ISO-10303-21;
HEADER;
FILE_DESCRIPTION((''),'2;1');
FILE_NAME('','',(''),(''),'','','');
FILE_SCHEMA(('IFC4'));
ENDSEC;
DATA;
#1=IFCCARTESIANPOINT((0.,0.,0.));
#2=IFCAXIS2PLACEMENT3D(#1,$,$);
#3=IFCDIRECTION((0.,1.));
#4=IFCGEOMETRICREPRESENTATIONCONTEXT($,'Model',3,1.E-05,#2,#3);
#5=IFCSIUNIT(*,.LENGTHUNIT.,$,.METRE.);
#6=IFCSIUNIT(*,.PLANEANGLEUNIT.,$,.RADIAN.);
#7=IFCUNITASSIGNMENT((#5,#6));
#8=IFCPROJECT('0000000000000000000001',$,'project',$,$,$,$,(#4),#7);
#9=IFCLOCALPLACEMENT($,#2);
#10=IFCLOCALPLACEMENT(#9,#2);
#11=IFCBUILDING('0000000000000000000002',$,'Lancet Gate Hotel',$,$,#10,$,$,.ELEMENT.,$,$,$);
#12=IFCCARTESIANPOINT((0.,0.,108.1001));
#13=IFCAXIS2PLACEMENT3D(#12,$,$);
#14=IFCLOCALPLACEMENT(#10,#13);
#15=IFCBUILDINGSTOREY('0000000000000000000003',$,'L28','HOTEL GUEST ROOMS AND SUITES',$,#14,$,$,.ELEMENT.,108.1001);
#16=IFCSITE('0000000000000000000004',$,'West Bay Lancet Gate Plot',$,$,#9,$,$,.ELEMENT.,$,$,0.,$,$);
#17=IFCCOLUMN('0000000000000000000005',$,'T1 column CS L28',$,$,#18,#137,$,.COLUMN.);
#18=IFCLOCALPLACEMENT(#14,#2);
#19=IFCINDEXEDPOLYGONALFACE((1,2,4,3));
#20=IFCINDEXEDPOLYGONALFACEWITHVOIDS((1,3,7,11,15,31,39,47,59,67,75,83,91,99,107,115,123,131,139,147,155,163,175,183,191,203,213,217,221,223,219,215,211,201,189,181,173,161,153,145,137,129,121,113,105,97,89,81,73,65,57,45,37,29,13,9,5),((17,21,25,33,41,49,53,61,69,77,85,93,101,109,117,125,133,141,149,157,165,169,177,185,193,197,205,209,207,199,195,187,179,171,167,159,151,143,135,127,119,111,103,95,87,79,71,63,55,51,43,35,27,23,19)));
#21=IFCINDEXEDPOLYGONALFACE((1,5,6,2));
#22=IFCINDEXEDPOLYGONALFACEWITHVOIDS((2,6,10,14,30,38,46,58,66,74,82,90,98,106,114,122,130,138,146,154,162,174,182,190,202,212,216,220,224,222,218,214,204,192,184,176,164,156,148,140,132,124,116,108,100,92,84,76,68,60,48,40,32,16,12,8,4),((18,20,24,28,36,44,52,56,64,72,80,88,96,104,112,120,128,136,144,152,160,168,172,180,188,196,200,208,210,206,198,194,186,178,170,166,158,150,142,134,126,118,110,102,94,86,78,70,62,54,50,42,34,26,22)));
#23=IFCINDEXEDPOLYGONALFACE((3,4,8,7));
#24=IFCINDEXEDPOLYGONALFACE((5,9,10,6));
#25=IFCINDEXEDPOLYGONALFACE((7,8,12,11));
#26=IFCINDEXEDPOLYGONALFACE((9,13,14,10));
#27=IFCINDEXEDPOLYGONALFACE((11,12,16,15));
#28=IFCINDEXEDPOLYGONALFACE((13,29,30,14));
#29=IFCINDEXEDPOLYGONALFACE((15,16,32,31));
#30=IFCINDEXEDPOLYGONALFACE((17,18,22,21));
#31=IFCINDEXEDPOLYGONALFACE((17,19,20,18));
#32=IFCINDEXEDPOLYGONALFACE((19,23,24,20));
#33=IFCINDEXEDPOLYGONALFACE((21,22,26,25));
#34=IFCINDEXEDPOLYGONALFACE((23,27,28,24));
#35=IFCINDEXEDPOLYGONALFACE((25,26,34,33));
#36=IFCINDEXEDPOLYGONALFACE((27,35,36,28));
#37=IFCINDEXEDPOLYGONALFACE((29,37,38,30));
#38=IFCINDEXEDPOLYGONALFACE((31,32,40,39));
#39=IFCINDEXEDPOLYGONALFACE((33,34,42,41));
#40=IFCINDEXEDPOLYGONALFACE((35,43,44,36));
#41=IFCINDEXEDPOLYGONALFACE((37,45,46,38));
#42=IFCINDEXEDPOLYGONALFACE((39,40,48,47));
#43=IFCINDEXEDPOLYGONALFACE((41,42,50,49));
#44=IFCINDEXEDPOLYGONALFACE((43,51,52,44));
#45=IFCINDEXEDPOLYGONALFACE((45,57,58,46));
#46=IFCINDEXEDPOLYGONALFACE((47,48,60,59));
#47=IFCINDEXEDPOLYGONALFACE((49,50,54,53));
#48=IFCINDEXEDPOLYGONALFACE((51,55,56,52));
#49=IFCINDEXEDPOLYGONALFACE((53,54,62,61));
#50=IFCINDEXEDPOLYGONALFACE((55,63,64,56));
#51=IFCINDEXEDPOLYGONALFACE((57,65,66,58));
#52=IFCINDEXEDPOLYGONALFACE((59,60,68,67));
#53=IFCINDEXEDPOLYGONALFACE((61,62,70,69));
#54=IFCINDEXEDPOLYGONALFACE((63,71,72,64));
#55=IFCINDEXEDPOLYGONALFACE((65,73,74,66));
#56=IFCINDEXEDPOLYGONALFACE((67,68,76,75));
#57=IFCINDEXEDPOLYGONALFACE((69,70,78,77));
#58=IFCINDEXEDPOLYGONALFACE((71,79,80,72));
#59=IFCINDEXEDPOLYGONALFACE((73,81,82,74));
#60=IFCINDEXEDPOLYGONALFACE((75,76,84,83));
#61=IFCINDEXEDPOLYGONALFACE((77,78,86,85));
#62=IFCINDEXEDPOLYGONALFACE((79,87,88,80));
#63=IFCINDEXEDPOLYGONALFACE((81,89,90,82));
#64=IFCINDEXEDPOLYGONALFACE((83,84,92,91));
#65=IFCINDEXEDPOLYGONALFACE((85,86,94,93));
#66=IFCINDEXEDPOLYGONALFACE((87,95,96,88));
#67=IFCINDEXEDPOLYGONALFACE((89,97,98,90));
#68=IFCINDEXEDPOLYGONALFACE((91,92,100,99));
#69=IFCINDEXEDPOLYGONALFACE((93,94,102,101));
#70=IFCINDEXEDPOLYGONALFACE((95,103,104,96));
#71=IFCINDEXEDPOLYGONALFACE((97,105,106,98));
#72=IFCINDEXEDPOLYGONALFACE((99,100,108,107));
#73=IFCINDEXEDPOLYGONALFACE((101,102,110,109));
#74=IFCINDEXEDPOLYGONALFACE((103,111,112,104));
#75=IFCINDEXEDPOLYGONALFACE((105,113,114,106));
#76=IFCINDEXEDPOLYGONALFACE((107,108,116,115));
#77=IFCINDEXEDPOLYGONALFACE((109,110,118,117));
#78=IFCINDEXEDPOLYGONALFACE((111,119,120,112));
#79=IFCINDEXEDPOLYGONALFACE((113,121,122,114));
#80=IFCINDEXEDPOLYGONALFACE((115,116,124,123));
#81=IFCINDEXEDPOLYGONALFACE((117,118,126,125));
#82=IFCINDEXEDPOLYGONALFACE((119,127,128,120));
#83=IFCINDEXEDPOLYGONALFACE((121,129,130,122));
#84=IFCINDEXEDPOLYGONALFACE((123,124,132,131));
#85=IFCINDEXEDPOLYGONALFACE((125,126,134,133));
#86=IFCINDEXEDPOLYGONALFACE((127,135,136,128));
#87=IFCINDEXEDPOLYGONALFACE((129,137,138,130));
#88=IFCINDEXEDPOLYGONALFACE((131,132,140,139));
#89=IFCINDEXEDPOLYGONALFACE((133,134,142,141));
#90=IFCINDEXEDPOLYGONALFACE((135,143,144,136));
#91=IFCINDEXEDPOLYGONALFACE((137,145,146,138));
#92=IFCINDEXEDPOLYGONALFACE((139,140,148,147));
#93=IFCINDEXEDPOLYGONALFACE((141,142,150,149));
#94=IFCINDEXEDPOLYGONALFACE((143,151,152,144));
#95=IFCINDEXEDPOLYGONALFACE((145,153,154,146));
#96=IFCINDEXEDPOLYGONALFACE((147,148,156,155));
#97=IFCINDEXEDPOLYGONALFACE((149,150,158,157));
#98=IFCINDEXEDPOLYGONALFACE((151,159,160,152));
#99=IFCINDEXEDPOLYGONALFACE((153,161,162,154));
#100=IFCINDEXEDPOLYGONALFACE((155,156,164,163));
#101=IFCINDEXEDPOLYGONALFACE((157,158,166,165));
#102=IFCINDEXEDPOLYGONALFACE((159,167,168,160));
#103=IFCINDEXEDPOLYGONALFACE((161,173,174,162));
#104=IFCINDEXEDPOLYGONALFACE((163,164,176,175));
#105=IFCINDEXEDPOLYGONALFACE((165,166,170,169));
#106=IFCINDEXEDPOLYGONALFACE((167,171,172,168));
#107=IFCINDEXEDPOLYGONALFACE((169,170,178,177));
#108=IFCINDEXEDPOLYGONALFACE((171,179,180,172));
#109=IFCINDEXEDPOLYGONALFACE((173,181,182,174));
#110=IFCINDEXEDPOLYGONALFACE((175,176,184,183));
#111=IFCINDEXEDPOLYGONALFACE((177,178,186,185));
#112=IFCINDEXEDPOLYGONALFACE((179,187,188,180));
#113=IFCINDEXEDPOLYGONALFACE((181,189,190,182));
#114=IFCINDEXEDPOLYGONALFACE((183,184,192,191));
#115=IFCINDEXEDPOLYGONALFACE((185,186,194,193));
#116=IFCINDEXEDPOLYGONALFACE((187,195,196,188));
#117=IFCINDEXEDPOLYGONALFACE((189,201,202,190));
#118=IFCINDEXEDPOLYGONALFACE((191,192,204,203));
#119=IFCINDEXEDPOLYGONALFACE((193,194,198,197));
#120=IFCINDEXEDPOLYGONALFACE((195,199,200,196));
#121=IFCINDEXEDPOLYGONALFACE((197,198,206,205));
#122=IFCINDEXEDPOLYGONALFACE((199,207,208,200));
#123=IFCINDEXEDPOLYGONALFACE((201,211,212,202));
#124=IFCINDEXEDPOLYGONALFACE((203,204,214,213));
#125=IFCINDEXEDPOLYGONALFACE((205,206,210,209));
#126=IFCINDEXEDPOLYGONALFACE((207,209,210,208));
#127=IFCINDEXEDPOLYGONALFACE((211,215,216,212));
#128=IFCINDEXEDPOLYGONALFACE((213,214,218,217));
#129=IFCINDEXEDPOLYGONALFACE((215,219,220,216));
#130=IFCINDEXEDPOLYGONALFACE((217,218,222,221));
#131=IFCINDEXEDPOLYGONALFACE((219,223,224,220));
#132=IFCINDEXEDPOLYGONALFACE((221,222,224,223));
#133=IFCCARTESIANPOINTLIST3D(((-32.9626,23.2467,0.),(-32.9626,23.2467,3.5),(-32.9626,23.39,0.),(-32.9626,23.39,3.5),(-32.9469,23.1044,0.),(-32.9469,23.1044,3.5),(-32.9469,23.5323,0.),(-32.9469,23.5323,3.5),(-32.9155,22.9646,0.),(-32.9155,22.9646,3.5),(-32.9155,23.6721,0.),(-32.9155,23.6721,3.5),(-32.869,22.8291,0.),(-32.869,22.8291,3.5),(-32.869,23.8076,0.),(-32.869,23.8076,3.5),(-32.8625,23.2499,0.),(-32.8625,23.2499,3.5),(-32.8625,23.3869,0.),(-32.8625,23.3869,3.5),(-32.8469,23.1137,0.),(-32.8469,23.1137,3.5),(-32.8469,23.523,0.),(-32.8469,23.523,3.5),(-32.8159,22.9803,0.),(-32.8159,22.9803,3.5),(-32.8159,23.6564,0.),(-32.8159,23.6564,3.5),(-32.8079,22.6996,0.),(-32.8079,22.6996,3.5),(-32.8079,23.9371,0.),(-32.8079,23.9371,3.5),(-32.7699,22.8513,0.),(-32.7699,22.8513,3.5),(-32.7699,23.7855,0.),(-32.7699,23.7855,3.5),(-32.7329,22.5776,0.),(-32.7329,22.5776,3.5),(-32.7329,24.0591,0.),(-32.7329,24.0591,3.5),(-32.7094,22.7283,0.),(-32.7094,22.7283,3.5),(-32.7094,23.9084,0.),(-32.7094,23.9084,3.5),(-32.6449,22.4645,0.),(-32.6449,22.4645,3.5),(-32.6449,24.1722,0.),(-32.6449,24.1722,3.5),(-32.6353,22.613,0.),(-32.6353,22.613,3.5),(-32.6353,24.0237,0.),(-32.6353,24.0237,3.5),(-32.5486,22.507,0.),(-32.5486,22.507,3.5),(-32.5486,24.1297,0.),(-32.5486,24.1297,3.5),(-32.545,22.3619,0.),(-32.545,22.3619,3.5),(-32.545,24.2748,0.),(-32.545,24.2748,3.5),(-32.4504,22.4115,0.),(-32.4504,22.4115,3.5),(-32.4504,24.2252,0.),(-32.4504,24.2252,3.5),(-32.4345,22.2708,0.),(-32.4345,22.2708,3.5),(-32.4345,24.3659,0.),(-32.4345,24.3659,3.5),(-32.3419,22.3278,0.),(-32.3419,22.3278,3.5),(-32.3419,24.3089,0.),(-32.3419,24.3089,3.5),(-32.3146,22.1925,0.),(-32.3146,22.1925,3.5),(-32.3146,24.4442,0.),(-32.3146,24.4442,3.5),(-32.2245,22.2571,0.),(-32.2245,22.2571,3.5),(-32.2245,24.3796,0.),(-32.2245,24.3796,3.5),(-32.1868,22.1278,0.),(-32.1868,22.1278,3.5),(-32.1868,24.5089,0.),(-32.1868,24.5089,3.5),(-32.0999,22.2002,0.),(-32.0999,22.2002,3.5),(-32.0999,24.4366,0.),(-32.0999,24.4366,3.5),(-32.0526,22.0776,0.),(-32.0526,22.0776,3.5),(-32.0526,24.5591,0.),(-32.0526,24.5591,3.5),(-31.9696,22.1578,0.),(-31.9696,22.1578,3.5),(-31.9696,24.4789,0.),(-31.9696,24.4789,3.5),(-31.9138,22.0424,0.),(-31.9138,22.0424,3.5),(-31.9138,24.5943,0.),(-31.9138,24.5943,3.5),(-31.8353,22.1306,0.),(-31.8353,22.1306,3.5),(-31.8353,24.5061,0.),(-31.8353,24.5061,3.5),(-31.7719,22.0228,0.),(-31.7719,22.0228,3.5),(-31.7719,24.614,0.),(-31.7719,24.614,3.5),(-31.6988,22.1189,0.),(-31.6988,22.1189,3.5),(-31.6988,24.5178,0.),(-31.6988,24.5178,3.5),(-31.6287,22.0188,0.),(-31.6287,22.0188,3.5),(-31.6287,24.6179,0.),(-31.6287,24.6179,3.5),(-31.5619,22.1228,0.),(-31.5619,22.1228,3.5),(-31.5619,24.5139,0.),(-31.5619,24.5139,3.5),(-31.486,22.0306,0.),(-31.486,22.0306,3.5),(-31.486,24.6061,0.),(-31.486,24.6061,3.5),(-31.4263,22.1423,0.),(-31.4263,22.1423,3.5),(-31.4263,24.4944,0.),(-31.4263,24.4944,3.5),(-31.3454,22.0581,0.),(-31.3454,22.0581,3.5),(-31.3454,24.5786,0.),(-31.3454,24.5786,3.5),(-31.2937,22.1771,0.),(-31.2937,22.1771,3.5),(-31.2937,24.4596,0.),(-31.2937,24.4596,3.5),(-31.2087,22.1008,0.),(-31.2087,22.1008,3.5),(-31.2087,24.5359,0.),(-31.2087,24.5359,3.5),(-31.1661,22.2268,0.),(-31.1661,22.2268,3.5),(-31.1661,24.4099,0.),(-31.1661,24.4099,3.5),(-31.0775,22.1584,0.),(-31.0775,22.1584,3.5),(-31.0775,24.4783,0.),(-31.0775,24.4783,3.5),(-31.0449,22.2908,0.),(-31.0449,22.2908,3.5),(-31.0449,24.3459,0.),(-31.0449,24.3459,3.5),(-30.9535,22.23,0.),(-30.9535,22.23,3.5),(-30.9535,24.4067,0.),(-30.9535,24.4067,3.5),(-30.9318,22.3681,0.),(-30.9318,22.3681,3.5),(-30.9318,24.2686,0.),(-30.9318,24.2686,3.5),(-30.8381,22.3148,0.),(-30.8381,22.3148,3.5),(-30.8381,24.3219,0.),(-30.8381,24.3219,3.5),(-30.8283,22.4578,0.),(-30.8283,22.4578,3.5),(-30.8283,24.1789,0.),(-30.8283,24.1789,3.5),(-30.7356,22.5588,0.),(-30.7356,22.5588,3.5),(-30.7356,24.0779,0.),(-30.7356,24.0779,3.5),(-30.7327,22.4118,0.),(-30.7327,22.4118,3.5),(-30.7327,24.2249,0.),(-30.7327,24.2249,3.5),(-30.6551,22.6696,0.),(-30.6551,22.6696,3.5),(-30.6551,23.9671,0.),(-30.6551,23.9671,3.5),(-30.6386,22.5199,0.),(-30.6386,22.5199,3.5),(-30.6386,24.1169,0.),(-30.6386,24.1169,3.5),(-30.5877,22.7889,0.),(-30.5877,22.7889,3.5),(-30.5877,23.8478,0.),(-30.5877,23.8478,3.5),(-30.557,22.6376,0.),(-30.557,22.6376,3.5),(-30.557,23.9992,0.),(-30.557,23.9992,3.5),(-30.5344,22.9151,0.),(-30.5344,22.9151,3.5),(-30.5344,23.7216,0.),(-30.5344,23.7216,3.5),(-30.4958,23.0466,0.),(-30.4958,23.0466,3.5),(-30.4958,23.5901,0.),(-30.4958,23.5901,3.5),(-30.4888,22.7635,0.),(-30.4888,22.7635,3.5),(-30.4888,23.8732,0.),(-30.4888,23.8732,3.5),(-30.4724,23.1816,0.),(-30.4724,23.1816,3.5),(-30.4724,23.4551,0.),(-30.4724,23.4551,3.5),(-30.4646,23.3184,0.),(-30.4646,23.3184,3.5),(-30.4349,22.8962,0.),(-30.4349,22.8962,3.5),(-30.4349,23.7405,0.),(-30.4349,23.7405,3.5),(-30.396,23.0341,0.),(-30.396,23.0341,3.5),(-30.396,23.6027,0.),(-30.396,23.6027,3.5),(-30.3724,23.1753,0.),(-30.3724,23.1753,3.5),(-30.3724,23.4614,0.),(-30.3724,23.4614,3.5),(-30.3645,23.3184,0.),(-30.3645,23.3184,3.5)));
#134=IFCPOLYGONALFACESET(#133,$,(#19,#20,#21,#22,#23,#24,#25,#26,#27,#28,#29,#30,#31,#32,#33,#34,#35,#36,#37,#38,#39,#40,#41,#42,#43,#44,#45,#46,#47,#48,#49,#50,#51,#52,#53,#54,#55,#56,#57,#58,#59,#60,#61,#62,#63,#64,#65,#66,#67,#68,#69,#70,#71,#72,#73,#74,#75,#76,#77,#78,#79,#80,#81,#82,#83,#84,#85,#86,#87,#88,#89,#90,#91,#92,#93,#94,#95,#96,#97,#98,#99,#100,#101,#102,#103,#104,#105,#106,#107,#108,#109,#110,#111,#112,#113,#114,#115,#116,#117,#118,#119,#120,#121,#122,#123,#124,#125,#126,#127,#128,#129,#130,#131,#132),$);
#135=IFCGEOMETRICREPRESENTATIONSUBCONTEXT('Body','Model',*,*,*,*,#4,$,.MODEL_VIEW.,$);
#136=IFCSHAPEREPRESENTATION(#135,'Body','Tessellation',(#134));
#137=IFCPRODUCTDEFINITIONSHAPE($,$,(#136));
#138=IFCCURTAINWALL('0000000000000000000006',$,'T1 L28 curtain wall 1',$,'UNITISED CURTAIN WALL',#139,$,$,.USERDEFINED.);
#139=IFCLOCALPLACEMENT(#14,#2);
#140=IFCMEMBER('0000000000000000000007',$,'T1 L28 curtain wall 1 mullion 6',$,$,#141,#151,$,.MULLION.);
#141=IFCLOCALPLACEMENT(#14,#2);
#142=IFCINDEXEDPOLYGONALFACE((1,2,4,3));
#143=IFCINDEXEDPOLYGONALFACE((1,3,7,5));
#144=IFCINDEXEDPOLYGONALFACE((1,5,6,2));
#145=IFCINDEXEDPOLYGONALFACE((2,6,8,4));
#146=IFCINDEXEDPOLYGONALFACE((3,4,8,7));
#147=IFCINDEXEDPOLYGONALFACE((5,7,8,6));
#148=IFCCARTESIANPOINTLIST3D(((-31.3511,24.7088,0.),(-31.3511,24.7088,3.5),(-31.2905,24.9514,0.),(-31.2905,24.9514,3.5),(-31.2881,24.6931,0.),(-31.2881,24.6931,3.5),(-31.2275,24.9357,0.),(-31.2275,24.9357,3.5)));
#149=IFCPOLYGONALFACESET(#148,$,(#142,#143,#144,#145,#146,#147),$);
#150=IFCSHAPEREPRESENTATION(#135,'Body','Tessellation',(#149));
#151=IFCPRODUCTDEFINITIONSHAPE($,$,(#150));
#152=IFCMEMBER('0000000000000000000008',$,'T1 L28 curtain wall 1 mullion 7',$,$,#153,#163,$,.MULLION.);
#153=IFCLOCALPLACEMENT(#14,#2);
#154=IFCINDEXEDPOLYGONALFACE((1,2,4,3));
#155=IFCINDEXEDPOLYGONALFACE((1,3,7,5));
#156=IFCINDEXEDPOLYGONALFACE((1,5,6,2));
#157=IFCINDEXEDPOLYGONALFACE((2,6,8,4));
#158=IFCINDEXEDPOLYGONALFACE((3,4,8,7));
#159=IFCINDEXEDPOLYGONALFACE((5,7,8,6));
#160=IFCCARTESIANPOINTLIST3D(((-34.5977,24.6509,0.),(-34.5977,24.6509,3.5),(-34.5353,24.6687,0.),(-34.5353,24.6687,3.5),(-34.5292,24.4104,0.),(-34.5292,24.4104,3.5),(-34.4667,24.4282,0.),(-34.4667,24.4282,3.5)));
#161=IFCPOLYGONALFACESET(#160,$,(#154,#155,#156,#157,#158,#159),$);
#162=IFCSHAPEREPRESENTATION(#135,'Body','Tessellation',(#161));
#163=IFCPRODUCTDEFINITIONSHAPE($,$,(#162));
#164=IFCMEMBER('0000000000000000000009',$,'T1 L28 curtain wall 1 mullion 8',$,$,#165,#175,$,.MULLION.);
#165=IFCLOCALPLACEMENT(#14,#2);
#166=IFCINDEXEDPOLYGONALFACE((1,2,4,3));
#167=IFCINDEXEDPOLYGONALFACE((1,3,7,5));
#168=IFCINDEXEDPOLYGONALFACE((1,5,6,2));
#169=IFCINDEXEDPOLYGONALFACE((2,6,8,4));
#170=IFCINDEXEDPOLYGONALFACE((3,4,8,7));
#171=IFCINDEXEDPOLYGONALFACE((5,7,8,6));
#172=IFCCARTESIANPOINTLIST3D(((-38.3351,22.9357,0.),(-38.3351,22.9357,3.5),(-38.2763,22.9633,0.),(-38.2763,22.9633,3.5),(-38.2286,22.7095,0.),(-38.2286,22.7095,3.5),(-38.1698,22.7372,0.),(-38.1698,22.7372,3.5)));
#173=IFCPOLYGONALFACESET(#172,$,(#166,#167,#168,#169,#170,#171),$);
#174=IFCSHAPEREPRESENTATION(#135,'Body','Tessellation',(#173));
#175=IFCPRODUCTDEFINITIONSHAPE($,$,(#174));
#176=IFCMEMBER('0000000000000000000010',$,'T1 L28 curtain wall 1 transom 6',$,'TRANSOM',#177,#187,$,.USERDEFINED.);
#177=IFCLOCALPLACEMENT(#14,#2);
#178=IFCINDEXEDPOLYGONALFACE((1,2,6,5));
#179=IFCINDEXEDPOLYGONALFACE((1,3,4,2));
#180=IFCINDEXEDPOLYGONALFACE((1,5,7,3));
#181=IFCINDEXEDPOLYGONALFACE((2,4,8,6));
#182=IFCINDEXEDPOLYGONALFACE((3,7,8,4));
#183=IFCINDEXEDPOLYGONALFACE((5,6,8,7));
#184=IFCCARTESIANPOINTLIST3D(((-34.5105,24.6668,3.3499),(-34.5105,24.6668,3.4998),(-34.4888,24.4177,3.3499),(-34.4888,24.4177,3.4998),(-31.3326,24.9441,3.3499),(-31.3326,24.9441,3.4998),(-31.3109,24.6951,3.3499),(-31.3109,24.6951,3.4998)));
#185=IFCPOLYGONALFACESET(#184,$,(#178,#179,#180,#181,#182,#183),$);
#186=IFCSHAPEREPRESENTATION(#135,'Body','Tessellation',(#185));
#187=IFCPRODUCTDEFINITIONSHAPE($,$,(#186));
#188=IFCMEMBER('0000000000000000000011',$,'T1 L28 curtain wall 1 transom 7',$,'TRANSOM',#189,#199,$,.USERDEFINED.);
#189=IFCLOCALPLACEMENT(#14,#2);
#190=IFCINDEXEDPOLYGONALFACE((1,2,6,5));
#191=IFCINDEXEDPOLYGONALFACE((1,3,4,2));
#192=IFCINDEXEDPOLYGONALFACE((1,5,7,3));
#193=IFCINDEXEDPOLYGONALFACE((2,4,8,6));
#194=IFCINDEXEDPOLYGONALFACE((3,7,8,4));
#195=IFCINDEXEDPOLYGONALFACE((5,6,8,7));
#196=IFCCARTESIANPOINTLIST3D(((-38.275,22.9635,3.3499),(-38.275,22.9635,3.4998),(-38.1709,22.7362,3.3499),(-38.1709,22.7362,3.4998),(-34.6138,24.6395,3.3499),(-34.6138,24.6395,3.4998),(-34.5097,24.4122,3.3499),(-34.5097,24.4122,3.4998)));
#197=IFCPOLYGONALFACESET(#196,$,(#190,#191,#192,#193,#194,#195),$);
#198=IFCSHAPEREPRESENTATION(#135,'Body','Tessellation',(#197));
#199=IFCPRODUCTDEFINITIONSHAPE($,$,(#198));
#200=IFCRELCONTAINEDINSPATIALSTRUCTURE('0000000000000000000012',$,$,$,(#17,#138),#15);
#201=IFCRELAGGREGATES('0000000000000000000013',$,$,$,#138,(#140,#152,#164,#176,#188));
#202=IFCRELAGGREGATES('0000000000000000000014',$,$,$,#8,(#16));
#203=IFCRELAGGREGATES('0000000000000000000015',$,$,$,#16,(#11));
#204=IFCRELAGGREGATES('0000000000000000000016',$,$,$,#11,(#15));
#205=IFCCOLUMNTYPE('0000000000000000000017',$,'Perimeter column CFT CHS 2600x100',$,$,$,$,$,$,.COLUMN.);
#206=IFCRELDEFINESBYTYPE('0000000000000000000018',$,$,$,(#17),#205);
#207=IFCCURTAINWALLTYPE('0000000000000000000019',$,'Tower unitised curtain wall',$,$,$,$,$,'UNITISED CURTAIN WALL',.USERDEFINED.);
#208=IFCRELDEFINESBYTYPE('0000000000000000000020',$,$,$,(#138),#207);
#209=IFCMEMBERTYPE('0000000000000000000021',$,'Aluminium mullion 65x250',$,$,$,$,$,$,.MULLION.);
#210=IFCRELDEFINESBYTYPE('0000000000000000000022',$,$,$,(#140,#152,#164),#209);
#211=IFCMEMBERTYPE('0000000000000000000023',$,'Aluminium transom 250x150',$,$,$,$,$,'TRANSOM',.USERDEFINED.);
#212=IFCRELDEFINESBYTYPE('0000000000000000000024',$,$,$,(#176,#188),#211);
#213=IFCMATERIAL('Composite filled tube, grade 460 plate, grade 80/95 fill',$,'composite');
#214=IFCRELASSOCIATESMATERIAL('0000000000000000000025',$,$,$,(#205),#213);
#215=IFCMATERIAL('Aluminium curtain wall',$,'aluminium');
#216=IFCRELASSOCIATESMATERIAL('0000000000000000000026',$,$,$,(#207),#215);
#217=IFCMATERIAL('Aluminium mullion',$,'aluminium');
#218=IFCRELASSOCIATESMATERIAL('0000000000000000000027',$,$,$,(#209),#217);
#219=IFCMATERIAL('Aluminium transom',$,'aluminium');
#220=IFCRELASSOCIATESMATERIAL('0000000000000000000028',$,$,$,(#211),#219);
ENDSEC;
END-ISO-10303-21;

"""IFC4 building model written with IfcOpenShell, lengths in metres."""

from ifc_helpers import new_model, si_unit, direction, frame, origin, origin_2d, place, context, subcontext, project, spatial, rectangle, hollow_circle, extrude, material, material_profile, profile_set, type_object, element, aggregate, save


model = new_model("IFC4")

# Units and contexts
model_context = context("Model", 3, precision=1e-05, world=origin(), true_north=direction((0.0, 1.0)))
body_context = subcontext(model_context, "Body", "Model", "MODEL_VIEW")
ifc_project = project(units=[si_unit("LENGTHUNIT", "METRE"), si_unit("PLANEANGLEUNIT", "RADIAN")], contexts=[model_context])

# Site, building, storey
site_placement = place(None, origin())
site = spatial("IfcSite", under=ifc_project, at=site_placement, Name="West Bay Lancet Gate Plot", CompositionType="ELEMENT", RefElevation=0.0)
building_placement = place(site_placement, origin())
building = spatial("IfcBuilding", under=site, at=building_placement, Name="Lancet Gate Hotel", CompositionType="ELEMENT")
storey_placement = place(building_placement, frame((0.0, 0.0, 108.1001)))
storey = spatial("IfcBuildingStorey", under=building, at=storey_placement, Name="L28", Description="HOTEL GUEST ROOMS AND SUITES", CompositionType="ELEMENT", Elevation=108.1001)

# Column
ifc_material_1 = material(Name="Composite filled tube, grade 460 plate, grade 80/95 fill", Category="composite")
ifc_material_profile_1 = material_profile(ifc_material_1, hollow_circle(Radius=1.3, WallThickness=0.1001, at=origin_2d()), Name="CHS 2600x100")
ifc_profile_set_1 = profile_set([ifc_material_profile_1], Name="Composite filled tube, grade 460 plate, grade 80/95 fill")
column_type = type_object("IfcColumnType", Name="Perimeter column CFT CHS 2600x100", PredefinedType="COLUMN", material=ifc_profile_set_1)
column_placement = place(storey_placement, frame((-31.6646, 23.3184, 0.0), z_axis=(0.0, 0.0, 1.0), x_axis=(1.0, 0.0, 0.0)))
element("IfcColumn", 1, at=column_placement, inside=storey, type_object=column_type, Name="T1 column CS L28", PredefinedType="COLUMN", context=body_context, shape_type="SweptSolid", body=[
    extrude(hollow_circle(Radius=1.3, WallThickness=0.1001, at=origin_2d()), origin(), (0.0, 0.0, 1.0), 3.5),
])

# Curtain wall, members
ifc_material_2 = material(Name="Aluminium curtain wall", Category="aluminium")
curtain_wall_type = type_object("IfcCurtainWallType", Name="Tower unitised curtain wall", ElementType="UNITISED CURTAIN WALL", PredefinedType="USERDEFINED", material=ifc_material_2)
curtain_wall_placement = place(storey_placement, origin())
curtain_wall = element("IfcCurtainWall", 2, at=curtain_wall_placement, inside=storey, type_object=curtain_wall_type, Name="T1 L28 curtain wall 1", ObjectType="UNITISED CURTAIN WALL", PredefinedType="USERDEFINED")
ifc_material_3 = material(Name="Aluminium mullion", Category="aluminium")
ifc_material_profile_2 = material_profile(ifc_material_3, rectangle(XDim=0.0649, YDim=0.25, at=origin_2d()), Name="MULLION 65x250")
ifc_profile_set_2 = profile_set([ifc_material_profile_2], Name="Aluminium mullion")
member_type_1 = type_object("IfcMemberType", Name="Aluminium mullion 65x250", PredefinedType="MULLION", material=ifc_profile_set_2)
member_1_placement = place(storey_placement, frame((-31.2893, 24.8223, 0.0), z_axis=(0.0, 0.0, 1.0), x_axis=(-0.970242, 0.242137, 0.0)))
member_1 = element("IfcMember", 3, at=member_1_placement, type_object=member_type_1, Name="T1 L28 curtain wall 1 mullion 6", PredefinedType="MULLION", context=body_context, shape_type="SweptSolid", body=[
    extrude(rectangle(XDim=0.0649, YDim=0.25, at=origin_2d()), origin(), (0.0, 0.0, 1.0), 3.5),
])
member_2_placement = place(storey_placement, frame((-34.5322, 24.5396, 0.0), z_axis=(0.0, 0.0, 1.0), x_axis=(-0.961653, -0.274268, 0.0)))
member_2 = element("IfcMember", 4, at=member_2_placement, type_object=member_type_1, Name="T1 L28 curtain wall 1 mullion 7", PredefinedType="MULLION", context=body_context, shape_type="SweptSolid", body=[
    extrude(rectangle(XDim=0.0649, YDim=0.25, at=origin_2d()), origin(), (0.0, 0.0, 1.0), 3.5),
])
member_3_placement = place(storey_placement, frame((-38.2524, 22.8364, 0.0), z_axis=(0.0, 0.0, 1.0), x_axis=(-0.90472, -0.426008, 0.0)))
member_3 = element("IfcMember", 5, at=member_3_placement, type_object=member_type_1, Name="T1 L28 curtain wall 1 mullion 8", PredefinedType="MULLION", context=body_context, shape_type="SweptSolid", body=[
    extrude(rectangle(XDim=0.0649, YDim=0.25, at=origin_2d()), origin(), (0.0, 0.0, 1.0), 3.5),
])
ifc_material_4 = material(Name="Aluminium transom", Category="aluminium")
ifc_material_profile_3 = material_profile(ifc_material_4, rectangle(XDim=0.25, YDim=0.1499, at=origin_2d()), Name="TRANSOM 250x150")
ifc_profile_set_3 = profile_set([ifc_material_profile_3], Name="Aluminium transom")
member_type_2 = type_object("IfcMemberType", Name="Aluminium transom 250x150", ElementType="TRANSOM", PredefinedType="USERDEFINED", material=ifc_profile_set_3)
member_4_placement = place(storey_placement, frame((-31.3218, 24.8196, 3.4248), z_axis=(-0.996214, -0.08694, 0.0), x_axis=(0.08694, -0.996214, 0.0)))
member_4 = element("IfcMember", 6, at=member_4_placement, type_object=member_type_2, Name="T1 L28 curtain wall 1 transom 6", ObjectType="TRANSOM", PredefinedType="USERDEFINED", context=body_context, shape_type="SweptSolid", body=[
    extrude(rectangle(XDim=0.25, YDim=0.1499, at=origin_2d()), origin(), (0.0, 0.0, 1.0), 3.1899),
])
member_5_placement = place(storey_placement, frame((-34.5618, 24.5259, 3.4248), z_axis=(-0.909252, -0.416245, 0.0), x_axis=(0.416245, -0.909252, 0.0)))
member_5 = element("IfcMember", 7, at=member_5_placement, type_object=member_type_2, Name="T1 L28 curtain wall 1 transom 7", ObjectType="TRANSOM", PredefinedType="USERDEFINED", context=body_context, shape_type="SweptSolid", body=[
    extrude(rectangle(XDim=0.25, YDim=0.1499, at=origin_2d()), origin(), (0.0, 0.0, 1.0), 4.0266),
])

aggregate(curtain_wall, [member_1, member_2, member_3, member_4, member_5])

save(model, "model.ifc")
